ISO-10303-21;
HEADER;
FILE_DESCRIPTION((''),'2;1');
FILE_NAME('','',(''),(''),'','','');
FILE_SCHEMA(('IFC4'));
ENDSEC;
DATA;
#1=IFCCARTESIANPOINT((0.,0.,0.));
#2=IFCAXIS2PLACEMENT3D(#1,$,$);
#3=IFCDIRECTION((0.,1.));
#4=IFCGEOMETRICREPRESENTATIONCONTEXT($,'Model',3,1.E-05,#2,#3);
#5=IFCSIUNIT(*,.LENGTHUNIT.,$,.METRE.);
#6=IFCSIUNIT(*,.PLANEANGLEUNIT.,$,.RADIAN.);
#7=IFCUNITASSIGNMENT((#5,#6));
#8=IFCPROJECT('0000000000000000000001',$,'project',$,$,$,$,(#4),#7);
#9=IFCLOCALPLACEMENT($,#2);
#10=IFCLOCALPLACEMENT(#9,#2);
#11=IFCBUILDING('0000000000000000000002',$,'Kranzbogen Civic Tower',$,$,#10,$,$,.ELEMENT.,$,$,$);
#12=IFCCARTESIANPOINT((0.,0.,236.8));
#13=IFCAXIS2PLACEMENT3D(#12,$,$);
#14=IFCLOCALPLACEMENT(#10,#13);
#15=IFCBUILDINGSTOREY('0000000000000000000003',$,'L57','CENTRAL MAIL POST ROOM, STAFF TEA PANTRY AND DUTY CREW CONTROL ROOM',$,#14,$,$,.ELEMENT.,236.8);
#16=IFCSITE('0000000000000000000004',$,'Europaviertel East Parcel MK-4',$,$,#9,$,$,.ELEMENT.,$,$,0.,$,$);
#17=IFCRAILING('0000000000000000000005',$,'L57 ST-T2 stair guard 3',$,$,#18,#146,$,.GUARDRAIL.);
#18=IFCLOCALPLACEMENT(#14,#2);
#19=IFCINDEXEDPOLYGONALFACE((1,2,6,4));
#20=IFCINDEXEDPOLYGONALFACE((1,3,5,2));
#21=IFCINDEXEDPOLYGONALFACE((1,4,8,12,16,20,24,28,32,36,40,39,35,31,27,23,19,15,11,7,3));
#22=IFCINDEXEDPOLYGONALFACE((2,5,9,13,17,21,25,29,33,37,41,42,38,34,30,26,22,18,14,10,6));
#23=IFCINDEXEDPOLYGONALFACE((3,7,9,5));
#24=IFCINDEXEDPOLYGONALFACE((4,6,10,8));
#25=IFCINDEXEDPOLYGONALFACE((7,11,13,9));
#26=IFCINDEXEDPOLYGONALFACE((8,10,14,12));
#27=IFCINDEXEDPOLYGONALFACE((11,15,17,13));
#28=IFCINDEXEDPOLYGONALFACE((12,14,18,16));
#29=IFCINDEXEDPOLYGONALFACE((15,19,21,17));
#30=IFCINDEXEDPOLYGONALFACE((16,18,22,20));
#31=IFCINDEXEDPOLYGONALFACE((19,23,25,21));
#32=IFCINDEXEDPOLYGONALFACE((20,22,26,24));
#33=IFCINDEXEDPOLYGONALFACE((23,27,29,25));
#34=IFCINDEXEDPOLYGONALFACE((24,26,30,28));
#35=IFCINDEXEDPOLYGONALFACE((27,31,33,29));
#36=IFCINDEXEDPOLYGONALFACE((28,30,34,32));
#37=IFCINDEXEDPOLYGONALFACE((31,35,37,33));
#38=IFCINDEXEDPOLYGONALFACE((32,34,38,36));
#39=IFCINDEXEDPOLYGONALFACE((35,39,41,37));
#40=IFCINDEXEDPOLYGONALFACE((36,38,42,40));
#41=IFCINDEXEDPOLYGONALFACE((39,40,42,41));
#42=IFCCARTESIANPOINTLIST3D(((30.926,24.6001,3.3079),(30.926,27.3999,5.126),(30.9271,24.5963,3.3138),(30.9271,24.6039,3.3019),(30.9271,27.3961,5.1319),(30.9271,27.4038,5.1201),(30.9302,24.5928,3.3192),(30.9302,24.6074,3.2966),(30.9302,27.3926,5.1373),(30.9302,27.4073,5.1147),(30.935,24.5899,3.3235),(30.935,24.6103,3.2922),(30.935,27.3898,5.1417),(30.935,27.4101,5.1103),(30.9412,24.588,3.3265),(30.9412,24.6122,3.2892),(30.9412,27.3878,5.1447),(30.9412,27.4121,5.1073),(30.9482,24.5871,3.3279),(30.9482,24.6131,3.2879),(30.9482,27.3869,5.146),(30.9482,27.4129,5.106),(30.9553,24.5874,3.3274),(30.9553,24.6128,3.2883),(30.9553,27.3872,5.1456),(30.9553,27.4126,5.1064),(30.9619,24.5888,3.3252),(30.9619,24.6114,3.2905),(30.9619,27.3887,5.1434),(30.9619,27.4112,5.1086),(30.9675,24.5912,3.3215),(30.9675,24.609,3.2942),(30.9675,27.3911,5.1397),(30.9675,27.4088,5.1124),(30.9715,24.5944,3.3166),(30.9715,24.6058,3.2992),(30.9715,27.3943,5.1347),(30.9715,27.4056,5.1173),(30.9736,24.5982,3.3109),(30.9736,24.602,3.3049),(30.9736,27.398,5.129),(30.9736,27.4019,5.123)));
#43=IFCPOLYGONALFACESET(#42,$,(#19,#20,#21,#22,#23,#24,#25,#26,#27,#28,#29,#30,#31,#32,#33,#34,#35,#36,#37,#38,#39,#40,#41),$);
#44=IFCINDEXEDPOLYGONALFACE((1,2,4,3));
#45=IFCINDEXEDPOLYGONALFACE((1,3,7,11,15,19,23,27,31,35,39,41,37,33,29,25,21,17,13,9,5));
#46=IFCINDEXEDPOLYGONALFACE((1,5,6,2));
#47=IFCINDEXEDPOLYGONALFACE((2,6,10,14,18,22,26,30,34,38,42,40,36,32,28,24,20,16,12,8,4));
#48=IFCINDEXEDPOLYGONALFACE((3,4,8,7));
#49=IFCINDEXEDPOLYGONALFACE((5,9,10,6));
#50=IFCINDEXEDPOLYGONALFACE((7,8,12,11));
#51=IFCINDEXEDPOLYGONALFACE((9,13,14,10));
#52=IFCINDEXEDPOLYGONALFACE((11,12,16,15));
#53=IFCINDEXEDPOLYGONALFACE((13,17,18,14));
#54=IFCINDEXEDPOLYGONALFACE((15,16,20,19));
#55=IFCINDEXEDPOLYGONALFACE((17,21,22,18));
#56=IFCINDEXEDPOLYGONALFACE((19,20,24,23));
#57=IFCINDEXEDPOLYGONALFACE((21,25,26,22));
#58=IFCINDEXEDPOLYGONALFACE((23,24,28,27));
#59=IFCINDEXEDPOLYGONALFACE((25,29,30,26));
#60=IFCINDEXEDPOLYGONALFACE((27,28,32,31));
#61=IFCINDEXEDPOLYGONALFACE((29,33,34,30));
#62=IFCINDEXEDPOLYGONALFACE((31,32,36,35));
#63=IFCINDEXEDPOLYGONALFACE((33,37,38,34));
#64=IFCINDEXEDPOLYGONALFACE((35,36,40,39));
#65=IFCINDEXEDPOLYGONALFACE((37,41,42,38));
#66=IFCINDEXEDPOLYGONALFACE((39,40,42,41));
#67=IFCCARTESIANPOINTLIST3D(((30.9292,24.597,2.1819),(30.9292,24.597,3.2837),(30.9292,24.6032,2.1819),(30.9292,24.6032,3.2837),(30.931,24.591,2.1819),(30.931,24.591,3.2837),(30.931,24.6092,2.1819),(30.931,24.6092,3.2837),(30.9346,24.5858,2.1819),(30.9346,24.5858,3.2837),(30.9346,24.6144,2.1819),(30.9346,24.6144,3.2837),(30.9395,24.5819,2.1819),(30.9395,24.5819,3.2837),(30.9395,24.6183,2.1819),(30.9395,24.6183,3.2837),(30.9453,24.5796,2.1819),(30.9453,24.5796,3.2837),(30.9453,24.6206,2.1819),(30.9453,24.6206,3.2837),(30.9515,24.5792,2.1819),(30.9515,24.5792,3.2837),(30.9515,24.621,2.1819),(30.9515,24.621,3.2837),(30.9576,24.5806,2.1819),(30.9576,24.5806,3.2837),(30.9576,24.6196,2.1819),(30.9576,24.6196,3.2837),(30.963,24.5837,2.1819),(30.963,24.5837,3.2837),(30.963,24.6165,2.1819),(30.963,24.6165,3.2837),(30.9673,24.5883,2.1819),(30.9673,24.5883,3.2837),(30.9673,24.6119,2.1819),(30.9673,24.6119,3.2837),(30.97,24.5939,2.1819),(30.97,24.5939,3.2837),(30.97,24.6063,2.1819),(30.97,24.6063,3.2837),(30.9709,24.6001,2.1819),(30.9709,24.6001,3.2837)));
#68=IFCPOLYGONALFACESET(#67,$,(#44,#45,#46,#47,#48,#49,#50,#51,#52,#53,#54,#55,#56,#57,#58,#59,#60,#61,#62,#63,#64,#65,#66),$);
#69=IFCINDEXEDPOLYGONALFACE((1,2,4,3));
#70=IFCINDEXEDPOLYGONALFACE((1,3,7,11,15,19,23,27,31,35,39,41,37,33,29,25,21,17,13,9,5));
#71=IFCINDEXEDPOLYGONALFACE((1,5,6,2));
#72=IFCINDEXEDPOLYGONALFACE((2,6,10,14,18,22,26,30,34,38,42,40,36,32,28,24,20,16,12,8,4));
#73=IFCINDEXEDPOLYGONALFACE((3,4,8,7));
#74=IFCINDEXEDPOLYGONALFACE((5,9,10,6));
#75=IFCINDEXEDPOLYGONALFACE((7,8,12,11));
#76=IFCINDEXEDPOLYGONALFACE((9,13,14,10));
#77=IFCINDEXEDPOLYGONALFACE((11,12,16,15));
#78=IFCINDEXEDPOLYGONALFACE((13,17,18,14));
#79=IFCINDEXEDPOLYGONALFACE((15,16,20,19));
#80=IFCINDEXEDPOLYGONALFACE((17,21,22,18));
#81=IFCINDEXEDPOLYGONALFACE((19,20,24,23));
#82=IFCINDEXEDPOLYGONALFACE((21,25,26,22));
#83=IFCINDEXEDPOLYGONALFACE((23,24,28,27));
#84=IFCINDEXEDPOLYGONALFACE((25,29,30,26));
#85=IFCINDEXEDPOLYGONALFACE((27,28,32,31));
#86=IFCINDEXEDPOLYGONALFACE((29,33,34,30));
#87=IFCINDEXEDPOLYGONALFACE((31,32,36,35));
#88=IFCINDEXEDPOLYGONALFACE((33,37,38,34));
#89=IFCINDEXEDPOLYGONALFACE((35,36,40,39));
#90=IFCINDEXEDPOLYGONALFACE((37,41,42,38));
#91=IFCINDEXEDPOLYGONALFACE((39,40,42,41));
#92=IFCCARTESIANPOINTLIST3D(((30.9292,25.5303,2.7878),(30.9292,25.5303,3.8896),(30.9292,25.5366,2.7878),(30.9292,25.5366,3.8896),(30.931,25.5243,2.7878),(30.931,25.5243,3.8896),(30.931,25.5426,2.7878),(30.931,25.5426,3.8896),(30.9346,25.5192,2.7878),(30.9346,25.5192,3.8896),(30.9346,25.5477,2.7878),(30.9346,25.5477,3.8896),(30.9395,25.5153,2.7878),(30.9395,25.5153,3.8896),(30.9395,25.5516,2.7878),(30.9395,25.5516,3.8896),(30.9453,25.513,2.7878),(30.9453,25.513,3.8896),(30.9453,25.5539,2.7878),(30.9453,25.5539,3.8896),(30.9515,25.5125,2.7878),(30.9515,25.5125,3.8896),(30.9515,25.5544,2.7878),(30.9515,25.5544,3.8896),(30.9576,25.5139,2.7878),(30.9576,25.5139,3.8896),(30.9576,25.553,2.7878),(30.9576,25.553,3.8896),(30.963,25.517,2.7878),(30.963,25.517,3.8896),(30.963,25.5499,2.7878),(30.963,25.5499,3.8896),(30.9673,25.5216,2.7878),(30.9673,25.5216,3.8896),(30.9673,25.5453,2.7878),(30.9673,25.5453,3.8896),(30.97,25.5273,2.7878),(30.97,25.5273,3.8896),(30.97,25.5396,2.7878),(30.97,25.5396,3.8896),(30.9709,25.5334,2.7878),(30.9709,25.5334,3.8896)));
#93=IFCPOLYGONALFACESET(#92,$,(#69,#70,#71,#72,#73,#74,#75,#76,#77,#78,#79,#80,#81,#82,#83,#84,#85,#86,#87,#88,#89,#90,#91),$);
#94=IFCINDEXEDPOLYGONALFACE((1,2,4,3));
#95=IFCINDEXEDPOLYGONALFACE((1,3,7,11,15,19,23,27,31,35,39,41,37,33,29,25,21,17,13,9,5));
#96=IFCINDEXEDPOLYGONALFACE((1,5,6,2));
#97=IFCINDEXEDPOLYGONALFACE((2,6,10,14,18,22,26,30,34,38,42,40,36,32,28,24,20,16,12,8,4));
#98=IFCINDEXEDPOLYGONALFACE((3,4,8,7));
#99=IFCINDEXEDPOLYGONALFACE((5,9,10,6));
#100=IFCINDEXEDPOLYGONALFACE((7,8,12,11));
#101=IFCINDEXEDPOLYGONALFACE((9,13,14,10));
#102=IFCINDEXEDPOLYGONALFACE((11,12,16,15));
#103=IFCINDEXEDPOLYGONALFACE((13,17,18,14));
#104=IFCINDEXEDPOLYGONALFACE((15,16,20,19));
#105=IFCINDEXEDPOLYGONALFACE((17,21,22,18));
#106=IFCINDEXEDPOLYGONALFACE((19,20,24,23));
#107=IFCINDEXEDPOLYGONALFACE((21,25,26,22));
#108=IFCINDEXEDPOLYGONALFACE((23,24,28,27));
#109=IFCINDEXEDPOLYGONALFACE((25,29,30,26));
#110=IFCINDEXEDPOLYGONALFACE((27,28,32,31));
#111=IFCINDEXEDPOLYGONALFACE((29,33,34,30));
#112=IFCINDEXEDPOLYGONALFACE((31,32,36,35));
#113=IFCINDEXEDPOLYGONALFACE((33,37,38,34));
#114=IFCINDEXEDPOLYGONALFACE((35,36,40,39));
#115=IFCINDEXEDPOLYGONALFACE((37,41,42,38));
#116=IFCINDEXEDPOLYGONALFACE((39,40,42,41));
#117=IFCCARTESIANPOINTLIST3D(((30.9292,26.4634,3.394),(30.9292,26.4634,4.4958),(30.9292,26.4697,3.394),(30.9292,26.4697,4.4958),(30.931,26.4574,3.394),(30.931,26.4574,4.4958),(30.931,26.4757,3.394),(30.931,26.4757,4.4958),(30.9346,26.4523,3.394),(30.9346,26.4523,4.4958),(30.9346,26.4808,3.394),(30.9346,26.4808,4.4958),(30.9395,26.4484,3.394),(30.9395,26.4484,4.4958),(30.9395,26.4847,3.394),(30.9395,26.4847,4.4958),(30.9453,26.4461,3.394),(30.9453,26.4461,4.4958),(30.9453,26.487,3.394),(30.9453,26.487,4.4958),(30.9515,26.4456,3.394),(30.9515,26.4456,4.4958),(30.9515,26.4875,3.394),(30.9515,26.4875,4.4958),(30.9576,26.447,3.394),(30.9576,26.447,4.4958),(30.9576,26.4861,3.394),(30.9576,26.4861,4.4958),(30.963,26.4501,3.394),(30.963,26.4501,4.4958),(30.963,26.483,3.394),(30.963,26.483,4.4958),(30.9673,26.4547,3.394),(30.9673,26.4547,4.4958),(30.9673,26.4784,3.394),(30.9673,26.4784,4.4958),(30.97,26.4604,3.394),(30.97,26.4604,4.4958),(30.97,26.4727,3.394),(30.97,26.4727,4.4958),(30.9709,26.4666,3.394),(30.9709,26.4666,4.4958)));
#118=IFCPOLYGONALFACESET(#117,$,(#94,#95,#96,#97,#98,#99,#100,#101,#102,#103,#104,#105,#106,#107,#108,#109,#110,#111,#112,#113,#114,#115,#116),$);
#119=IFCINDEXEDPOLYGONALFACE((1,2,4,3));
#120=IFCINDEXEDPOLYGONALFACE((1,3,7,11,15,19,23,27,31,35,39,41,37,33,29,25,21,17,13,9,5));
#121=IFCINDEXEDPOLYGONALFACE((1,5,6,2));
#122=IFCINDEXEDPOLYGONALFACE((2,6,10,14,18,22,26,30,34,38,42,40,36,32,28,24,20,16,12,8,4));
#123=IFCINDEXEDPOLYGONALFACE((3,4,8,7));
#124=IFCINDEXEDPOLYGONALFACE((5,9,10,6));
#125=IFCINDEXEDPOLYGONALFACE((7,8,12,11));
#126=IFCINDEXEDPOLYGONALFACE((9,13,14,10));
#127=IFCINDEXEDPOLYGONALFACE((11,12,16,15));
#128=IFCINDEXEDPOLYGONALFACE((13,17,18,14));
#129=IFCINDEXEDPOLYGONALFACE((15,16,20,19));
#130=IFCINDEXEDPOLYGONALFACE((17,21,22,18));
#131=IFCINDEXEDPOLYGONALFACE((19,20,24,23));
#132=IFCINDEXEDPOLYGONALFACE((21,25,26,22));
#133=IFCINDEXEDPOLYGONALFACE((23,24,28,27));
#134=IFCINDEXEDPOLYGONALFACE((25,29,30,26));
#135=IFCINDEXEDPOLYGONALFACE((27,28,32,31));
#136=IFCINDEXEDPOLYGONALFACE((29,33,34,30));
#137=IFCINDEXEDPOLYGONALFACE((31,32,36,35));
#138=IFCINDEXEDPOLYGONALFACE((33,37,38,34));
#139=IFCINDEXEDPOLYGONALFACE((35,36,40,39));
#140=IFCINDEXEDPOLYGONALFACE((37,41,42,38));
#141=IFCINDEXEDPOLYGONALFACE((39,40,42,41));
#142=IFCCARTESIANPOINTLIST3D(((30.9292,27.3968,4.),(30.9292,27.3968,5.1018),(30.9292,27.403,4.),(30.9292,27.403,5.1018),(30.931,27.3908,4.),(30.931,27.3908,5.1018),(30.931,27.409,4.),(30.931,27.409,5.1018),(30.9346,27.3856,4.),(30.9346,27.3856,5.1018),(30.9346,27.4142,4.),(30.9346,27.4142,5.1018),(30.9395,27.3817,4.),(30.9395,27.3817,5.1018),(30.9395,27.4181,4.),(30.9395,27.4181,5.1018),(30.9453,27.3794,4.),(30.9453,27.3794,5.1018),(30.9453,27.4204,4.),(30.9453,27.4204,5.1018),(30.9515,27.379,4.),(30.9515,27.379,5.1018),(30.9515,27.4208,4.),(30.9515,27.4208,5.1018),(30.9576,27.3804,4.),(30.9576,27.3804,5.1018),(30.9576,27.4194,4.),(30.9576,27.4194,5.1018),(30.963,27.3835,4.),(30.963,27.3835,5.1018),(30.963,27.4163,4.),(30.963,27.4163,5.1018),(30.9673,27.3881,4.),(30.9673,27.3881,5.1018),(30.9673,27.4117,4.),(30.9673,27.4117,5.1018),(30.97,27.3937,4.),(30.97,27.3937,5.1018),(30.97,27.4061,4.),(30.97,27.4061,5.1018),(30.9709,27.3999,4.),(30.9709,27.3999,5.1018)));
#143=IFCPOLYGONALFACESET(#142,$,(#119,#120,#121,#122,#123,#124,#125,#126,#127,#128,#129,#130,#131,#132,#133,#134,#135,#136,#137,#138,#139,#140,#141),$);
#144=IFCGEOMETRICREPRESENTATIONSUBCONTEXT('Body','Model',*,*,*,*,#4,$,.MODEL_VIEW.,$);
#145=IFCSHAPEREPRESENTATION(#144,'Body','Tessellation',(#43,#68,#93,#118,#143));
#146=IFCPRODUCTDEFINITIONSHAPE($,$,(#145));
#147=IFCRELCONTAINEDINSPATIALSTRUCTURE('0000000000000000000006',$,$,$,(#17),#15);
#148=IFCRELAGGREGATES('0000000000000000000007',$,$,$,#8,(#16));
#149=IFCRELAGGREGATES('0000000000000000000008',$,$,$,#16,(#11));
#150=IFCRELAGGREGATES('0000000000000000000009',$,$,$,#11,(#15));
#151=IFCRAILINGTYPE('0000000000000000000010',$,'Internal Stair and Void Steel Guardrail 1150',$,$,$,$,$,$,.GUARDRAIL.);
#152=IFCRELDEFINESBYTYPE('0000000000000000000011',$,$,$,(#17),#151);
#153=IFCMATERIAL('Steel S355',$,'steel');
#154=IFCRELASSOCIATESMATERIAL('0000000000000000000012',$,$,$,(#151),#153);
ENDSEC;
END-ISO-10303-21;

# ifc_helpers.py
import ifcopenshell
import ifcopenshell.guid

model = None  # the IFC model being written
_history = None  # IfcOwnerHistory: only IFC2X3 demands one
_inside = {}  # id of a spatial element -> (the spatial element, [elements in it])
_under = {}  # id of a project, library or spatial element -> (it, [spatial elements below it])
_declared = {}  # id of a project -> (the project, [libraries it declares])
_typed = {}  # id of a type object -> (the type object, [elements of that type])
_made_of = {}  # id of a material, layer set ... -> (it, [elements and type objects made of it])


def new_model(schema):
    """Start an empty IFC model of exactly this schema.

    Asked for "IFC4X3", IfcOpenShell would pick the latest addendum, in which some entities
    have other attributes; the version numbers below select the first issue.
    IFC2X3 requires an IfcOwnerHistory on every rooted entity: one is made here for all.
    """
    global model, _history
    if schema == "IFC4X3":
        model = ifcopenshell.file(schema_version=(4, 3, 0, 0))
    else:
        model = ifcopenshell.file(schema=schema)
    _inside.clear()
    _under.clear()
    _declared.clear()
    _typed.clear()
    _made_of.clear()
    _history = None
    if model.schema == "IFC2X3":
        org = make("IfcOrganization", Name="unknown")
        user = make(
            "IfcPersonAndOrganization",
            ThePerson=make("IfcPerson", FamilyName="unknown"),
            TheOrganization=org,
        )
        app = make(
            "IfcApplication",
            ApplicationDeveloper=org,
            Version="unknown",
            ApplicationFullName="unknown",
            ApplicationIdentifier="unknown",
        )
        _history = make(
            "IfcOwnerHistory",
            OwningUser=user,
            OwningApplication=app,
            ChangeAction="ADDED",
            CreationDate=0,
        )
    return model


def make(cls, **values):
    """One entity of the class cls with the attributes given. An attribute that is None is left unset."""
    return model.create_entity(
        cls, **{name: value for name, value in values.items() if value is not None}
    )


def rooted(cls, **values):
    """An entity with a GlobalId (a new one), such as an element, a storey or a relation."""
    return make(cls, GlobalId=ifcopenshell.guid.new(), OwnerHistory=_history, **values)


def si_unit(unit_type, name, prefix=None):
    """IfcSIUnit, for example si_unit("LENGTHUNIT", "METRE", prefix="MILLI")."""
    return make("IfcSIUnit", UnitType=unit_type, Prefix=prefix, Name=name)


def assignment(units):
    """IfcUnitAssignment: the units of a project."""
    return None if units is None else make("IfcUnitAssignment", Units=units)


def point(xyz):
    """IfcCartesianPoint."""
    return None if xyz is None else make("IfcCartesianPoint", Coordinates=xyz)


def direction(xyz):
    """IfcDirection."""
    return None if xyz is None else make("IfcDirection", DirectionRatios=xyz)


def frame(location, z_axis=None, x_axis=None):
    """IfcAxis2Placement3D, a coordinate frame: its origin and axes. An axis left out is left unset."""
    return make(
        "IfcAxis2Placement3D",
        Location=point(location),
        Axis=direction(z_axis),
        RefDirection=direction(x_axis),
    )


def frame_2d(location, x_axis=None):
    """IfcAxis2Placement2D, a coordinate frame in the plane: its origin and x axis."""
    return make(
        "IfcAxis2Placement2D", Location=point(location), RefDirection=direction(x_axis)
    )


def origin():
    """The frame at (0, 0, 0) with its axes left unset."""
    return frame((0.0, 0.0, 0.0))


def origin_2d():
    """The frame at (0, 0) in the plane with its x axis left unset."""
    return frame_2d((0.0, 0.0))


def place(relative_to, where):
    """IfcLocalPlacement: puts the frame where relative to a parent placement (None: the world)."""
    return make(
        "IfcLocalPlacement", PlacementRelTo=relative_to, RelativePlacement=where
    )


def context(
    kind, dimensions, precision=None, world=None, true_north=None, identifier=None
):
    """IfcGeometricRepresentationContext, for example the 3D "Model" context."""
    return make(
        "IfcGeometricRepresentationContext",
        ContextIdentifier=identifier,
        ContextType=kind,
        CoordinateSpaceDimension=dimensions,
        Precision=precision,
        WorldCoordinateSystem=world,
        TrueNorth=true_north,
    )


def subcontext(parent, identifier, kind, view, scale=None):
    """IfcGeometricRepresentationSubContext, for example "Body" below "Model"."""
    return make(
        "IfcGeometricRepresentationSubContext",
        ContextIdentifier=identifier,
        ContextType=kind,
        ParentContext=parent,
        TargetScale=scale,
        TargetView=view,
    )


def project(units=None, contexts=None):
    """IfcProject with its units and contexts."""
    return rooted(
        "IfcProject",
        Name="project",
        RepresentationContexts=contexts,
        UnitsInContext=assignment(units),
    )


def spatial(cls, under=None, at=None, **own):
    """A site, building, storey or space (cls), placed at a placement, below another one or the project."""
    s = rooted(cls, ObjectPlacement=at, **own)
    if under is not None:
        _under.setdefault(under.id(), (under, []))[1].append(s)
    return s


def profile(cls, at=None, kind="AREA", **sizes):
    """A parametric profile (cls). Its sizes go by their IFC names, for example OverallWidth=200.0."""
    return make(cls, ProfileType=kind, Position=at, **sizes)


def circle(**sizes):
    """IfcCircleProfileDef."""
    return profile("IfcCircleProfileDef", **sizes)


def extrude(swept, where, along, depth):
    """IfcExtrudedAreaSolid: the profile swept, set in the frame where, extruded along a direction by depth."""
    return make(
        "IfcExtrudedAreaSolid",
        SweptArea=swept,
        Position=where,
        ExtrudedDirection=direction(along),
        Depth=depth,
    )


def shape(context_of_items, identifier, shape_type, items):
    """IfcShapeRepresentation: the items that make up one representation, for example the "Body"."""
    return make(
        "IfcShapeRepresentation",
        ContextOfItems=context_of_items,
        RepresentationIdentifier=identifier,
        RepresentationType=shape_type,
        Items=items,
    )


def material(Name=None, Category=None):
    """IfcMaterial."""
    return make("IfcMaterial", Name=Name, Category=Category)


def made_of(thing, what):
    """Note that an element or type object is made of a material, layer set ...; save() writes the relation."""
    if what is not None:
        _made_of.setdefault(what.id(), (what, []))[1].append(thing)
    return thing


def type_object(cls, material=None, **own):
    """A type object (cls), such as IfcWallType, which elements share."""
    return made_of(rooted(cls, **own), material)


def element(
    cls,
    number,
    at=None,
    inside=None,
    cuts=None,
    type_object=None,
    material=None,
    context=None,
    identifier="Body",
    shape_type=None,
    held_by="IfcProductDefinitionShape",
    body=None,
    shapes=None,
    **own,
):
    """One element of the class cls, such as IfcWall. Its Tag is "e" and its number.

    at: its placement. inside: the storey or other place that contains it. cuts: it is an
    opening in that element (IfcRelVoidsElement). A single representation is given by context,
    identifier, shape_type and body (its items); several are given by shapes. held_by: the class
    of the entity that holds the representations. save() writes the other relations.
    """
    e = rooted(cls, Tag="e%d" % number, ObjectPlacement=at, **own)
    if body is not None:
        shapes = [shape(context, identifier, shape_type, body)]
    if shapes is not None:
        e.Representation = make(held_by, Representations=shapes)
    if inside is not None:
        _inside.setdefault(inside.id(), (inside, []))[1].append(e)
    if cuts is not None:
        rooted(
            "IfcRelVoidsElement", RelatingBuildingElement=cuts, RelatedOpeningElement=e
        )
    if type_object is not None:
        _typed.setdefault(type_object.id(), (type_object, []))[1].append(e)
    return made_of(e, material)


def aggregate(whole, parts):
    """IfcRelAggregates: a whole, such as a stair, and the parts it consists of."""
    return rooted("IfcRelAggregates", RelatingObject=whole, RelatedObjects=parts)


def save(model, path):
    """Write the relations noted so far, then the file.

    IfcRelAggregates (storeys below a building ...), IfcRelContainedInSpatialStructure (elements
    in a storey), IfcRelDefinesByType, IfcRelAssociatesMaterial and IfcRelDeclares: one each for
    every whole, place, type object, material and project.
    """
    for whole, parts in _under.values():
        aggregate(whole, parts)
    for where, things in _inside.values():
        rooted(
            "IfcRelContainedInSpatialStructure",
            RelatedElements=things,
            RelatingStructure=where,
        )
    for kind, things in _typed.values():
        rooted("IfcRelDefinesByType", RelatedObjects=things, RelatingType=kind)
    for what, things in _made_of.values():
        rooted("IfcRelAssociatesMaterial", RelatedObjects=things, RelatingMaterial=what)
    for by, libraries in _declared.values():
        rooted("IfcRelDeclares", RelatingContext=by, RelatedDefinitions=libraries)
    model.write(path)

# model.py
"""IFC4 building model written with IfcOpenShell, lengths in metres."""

from ifc_helpers import new_model, si_unit, direction, frame, origin, origin_2d, place, context, subcontext, project, spatial, circle, extrude, material, type_object, element, save


model = new_model("IFC4")

# Units and contexts
model_context = context("Model", 3, precision=1e-05, world=origin(), true_north=direction((0.0, 1.0)))
body_context = subcontext(model_context, "Body", "Model", "MODEL_VIEW")
ifc_project = project(units=[si_unit("LENGTHUNIT", "METRE"), si_unit("PLANEANGLEUNIT", "RADIAN")], contexts=[model_context])

# Site, building, storey
site_placement = place(None, origin())
site = spatial("IfcSite", under=ifc_project, at=site_placement, Name="Europaviertel East Parcel MK-4", CompositionType="ELEMENT", RefElevation=0.0)
building_placement = place(site_placement, origin())
building = spatial("IfcBuilding", under=site, at=building_placement, Name="Kranzbogen Civic Tower", CompositionType="ELEMENT")
storey_placement = place(building_placement, frame((0.0, 0.0, 236.8)))
storey = spatial("IfcBuildingStorey", under=building, at=storey_placement, Name="L57", Description="CENTRAL MAIL POST ROOM, STAFF TEA PANTRY AND DUTY CREW CONTROL ROOM", CompositionType="ELEMENT", Elevation=236.8)

# Shared definitions
ifc_material_1 = material(Name="Steel S355", Category="steel")

# Railing
railing_type_1 = type_object("IfcRailingType", Name="Internal Stair and Void Steel Guardrail 1150", PredefinedType="GUARDRAIL", material=ifc_material_1)
railing_1_placement = place(storey_placement, frame((30.95, 24.6001, 2.1819)))
element("IfcRailing", 1, at=railing_1_placement, inside=storey, type_object=railing_type_1, Name="L57 ST-T2 stair guard 3", PredefinedType="GUARDRAIL", context=body_context, shape_type="SweptSolid", body=[
    extrude(circle(Radius=0.0239, at=origin_2d()), frame((0.0, 0.0, 1.126), z_axis=(0.0, 0.838684, 0.544618), x_axis=(-1.0, 0.0, 0.0)), (0.0, 0.0, 1.0), 3.3384),
    extrude(circle(Radius=0.021, at=origin_2d()), origin(), (0.0, 0.0, 1.0), 1.1018),
    extrude(circle(Radius=0.021, at=origin_2d()), frame((0.0, 0.9333, 0.606)), (0.0, 0.0, 1.0), 1.1018),
    extrude(circle(Radius=0.021, at=origin_2d()), frame((0.0, 1.8665, 1.2122)), (0.0, 0.0, 1.0), 1.1018),
    extrude(circle(Radius=0.021, at=origin_2d()), frame((0.0, 2.7998, 1.8181)), (0.0, 0.0, 1.0), 1.1018),
])

save(model, "model.ifc")
